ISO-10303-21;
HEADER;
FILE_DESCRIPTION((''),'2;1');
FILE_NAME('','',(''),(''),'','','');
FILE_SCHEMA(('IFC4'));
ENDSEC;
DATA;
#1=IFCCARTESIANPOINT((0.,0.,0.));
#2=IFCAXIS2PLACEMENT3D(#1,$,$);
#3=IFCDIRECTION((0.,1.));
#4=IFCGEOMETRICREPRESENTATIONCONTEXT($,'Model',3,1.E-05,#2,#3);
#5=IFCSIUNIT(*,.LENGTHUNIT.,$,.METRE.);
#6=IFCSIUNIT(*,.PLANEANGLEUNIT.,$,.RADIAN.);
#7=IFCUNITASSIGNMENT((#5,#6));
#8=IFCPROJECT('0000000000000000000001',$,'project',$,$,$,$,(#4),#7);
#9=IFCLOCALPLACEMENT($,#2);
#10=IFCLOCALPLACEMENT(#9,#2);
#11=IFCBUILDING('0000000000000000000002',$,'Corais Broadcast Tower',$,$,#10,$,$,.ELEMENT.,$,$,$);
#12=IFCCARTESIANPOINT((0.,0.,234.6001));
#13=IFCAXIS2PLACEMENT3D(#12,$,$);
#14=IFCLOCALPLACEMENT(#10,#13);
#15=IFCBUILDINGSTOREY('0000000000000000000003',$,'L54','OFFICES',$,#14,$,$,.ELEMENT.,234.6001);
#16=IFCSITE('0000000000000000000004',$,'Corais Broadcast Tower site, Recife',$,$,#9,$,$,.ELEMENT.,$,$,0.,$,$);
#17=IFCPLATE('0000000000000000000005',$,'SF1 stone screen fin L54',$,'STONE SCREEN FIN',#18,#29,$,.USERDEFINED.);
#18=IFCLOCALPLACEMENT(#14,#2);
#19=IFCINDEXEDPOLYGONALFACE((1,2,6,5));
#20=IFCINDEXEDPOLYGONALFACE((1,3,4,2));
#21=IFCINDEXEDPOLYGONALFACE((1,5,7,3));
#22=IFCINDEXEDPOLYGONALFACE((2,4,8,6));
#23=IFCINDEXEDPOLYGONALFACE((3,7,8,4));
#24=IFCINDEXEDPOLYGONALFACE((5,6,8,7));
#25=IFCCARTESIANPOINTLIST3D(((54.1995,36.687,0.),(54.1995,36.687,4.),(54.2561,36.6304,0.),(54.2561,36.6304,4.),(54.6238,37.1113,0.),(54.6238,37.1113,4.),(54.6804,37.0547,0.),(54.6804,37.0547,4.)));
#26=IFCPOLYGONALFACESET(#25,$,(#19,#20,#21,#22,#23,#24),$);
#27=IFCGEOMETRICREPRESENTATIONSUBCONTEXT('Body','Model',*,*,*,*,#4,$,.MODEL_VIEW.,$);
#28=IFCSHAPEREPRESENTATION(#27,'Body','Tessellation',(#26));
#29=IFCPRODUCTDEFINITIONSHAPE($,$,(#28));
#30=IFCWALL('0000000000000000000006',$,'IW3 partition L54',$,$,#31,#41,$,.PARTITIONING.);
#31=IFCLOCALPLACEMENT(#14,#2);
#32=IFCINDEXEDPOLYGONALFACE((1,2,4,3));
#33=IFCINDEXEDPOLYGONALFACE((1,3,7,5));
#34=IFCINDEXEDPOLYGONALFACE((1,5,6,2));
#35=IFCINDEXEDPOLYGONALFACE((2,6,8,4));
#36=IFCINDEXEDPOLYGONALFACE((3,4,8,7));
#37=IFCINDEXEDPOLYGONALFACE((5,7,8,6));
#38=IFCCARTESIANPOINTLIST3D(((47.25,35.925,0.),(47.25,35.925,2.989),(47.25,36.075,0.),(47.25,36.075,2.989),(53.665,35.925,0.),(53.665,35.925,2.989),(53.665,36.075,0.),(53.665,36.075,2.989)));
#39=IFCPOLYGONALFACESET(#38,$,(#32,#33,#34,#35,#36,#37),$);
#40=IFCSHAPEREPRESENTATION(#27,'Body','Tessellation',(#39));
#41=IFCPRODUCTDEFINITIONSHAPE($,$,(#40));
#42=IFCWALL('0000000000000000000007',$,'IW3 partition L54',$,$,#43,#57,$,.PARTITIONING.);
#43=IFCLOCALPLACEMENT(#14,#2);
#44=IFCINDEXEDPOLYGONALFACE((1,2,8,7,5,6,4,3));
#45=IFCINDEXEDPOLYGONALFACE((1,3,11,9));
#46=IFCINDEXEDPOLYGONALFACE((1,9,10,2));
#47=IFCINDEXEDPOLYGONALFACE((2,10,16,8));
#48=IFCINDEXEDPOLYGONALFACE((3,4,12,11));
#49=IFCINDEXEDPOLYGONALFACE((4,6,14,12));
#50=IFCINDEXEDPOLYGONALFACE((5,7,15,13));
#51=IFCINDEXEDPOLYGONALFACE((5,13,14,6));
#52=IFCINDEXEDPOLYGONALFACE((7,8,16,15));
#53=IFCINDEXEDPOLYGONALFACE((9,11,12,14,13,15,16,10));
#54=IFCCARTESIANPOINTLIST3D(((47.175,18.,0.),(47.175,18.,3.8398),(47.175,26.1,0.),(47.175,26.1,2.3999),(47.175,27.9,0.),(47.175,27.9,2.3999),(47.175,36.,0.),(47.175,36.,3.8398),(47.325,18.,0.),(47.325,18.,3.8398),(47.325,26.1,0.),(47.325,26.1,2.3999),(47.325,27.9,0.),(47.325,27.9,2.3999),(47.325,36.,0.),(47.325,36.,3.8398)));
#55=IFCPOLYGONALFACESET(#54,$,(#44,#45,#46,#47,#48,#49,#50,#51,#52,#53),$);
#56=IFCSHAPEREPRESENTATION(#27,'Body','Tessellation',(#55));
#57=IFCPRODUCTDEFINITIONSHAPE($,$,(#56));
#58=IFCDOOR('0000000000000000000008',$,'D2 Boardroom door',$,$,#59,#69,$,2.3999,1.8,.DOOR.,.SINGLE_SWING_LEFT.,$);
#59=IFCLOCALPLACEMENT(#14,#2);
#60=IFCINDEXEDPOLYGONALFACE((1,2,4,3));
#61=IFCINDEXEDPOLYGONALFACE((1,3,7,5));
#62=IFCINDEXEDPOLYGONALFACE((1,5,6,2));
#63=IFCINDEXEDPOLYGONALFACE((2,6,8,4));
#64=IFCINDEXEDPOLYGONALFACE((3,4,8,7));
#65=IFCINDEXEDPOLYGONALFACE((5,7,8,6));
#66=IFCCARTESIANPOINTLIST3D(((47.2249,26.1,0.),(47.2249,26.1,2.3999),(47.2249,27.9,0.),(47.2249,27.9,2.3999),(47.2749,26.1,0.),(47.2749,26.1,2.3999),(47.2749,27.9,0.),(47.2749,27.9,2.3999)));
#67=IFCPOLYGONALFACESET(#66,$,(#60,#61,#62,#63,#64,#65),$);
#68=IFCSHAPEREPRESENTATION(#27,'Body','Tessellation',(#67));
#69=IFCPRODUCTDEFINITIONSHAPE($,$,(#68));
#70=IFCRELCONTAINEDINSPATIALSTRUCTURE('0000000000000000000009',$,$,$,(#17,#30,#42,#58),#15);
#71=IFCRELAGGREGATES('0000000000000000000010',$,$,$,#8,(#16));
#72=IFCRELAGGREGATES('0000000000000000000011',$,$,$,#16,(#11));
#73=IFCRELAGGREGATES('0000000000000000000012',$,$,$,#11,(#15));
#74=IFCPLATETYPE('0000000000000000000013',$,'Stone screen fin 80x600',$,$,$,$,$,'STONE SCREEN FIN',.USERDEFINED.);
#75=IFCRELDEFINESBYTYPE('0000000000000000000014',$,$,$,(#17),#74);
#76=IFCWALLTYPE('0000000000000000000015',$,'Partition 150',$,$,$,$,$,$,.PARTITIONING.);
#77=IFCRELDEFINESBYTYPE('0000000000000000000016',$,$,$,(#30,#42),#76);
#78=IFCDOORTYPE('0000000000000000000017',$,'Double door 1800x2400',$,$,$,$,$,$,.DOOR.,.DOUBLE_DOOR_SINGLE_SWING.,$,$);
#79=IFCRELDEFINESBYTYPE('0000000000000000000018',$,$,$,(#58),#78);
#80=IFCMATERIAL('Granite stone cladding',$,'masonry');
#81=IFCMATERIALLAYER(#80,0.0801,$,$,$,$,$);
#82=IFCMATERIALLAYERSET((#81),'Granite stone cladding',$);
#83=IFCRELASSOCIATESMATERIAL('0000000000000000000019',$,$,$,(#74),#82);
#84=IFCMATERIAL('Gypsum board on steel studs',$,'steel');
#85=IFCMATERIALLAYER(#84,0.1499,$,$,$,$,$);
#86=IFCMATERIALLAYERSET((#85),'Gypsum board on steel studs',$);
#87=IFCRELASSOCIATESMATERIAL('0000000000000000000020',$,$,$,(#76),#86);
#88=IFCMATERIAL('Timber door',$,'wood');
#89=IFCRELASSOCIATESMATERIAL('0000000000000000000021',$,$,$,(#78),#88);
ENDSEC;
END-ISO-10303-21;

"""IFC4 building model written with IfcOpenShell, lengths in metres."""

from ifc_helpers import new_model, si_unit, direction, frame, frame_2d, origin, origin_2d, place, context, subcontext, project, spatial, rectangle, extrude, material, layer, layer_set, type_object, element, fill, save


model = new_model("IFC4")

# Units and contexts
model_context = context("Model", 3, precision=1e-05, world=origin(), true_north=direction((0.0, 1.0)))
body_context = subcontext(model_context, "Body", "Model", "MODEL_VIEW")
ifc_project = project(units=[si_unit("LENGTHUNIT", "METRE"), si_unit("PLANEANGLEUNIT", "RADIAN")], contexts=[model_context])

# Site, building, storey
site_placement = place(None, origin())
site = spatial("IfcSite", under=ifc_project, at=site_placement, Name="Corais Broadcast Tower site, Recife", CompositionType="ELEMENT", RefElevation=0.0)
building_placement = place(site_placement, origin())
building = spatial("IfcBuilding", under=site, at=building_placement, Name="Corais Broadcast Tower", CompositionType="ELEMENT")
storey_placement = place(building_placement, frame((0.0, 0.0, 234.6001)))
storey = spatial("IfcBuildingStorey", under=building, at=storey_placement, Name="L54", Description="OFFICES", CompositionType="ELEMENT", Elevation=234.6001)

# Plate
ifc_material_1 = material(Name="Granite stone cladding", Category="masonry")
ifc_layer_1 = layer(ifc_material_1, 0.0801)
ifc_layer_set_1 = layer_set([ifc_layer_1], Name="Granite stone cladding")
plate_type_1 = type_object("IfcPlateType", Name="Stone screen fin 80x600", ElementType="STONE SCREEN FIN", PredefinedType="USERDEFINED", material=ifc_layer_set_1)
plate_1_placement = place(storey_placement, frame((54.4399, 36.8708, 0.0), z_axis=(0.0, 0.0, 1.0), x_axis=(0.707107, -0.707107, 0.0)))
element("IfcPlate", 1, at=plate_1_placement, inside=storey, type_object=plate_type_1, Name="SF1 stone screen fin L54", ObjectType="STONE SCREEN FIN", PredefinedType="USERDEFINED", context=body_context, shape_type="SweptSolid", body=[
    extrude(rectangle(XDim=0.0801, YDim=0.6001, at=origin_2d()), origin(), (0.0, 0.0, 1.0), 4.0),
])

# Wall
ifc_material_2 = material(Name="Gypsum board on steel studs", Category="steel")
ifc_layer_2 = layer(ifc_material_2, 0.1499)
ifc_layer_set_2 = layer_set([ifc_layer_2], Name="Gypsum board on steel studs")
wall_type = type_object("IfcWallType", Name="Partition 150", PredefinedType="PARTITIONING", material=ifc_layer_set_2)
wall_1_placement = place(storey_placement, frame((53.665, 36.0, 0.0), z_axis=(0.0, 0.0, 1.0), x_axis=(-1.0, 0.0, 0.0)))
element("IfcWall", 2, at=wall_1_placement, inside=storey, type_object=wall_type, Name="IW3 partition L54", PredefinedType="PARTITIONING", context=body_context, shape_type="SweptSolid", body=[
    extrude(rectangle(XDim=6.415, YDim=0.1499, at=frame_2d((3.2075, 0.0))), origin(), (0.0, 0.0, 1.0), 2.989),
])

# Wall, opening, door
wall_2_placement = place(storey_placement, frame((47.25, 36.0, 0.0), z_axis=(0.0, 0.0, 1.0), x_axis=(0.0, -1.0, 0.0)))
wall_2 = element("IfcWall", 3, at=wall_2_placement, inside=storey, type_object=wall_type, Name="IW3 partition L54", PredefinedType="PARTITIONING", context=body_context, shape_type="SweptSolid", body=[
    extrude(rectangle(XDim=18.0, YDim=0.1499, at=frame_2d((9.0, 0.0))), origin(), (0.0, 0.0, 1.0), 3.8398),
])
opening_placement = place(wall_2_placement, frame((8.1001, 0.0, 0.0)))
opening = element("IfcOpeningElement", 4, at=opening_placement, cuts=wall_2, PredefinedType="OPENING", context=body_context, shape_type="SweptSolid", body=[
    extrude(rectangle(XDim=1.8, YDim=2.3999, at=frame_2d((0.8999, 1.2))), frame((0.0, 0.085, 0.0), z_axis=(0.0, -1.0, 0.0), x_axis=(1.0, 0.0, 0.0)), (0.0, 0.0, 1.0), 0.1699),
])
ifc_material_3 = material(Name="Timber door", Category="wood")
door_type = type_object("IfcDoorType", Name="Double door 1800x2400", OperationType="DOUBLE_DOOR_SINGLE_SWING", PredefinedType="DOOR", material=ifc_material_3)
door_placement = place(opening_placement, origin())
door = element("IfcDoor", 5, at=door_placement, inside=storey, type_object=door_type, Name="D2 Boardroom door", OperationType="SINGLE_SWING_LEFT", OverallHeight=2.3999, OverallWidth=1.8, PredefinedType="DOOR", context=body_context, shape_type="SweptSolid", body=[
    extrude(rectangle(XDim=1.8, YDim=2.3999, at=frame_2d((0.8999, 1.2))), frame((0.0, 0.0249, 0.0), z_axis=(0.0, -1.0, 0.0), x_axis=(1.0, 0.0, 0.0)), (0.0, 0.0, 1.0), 0.05),
])
fill(opening, door)

save(model, "model.ifc")
